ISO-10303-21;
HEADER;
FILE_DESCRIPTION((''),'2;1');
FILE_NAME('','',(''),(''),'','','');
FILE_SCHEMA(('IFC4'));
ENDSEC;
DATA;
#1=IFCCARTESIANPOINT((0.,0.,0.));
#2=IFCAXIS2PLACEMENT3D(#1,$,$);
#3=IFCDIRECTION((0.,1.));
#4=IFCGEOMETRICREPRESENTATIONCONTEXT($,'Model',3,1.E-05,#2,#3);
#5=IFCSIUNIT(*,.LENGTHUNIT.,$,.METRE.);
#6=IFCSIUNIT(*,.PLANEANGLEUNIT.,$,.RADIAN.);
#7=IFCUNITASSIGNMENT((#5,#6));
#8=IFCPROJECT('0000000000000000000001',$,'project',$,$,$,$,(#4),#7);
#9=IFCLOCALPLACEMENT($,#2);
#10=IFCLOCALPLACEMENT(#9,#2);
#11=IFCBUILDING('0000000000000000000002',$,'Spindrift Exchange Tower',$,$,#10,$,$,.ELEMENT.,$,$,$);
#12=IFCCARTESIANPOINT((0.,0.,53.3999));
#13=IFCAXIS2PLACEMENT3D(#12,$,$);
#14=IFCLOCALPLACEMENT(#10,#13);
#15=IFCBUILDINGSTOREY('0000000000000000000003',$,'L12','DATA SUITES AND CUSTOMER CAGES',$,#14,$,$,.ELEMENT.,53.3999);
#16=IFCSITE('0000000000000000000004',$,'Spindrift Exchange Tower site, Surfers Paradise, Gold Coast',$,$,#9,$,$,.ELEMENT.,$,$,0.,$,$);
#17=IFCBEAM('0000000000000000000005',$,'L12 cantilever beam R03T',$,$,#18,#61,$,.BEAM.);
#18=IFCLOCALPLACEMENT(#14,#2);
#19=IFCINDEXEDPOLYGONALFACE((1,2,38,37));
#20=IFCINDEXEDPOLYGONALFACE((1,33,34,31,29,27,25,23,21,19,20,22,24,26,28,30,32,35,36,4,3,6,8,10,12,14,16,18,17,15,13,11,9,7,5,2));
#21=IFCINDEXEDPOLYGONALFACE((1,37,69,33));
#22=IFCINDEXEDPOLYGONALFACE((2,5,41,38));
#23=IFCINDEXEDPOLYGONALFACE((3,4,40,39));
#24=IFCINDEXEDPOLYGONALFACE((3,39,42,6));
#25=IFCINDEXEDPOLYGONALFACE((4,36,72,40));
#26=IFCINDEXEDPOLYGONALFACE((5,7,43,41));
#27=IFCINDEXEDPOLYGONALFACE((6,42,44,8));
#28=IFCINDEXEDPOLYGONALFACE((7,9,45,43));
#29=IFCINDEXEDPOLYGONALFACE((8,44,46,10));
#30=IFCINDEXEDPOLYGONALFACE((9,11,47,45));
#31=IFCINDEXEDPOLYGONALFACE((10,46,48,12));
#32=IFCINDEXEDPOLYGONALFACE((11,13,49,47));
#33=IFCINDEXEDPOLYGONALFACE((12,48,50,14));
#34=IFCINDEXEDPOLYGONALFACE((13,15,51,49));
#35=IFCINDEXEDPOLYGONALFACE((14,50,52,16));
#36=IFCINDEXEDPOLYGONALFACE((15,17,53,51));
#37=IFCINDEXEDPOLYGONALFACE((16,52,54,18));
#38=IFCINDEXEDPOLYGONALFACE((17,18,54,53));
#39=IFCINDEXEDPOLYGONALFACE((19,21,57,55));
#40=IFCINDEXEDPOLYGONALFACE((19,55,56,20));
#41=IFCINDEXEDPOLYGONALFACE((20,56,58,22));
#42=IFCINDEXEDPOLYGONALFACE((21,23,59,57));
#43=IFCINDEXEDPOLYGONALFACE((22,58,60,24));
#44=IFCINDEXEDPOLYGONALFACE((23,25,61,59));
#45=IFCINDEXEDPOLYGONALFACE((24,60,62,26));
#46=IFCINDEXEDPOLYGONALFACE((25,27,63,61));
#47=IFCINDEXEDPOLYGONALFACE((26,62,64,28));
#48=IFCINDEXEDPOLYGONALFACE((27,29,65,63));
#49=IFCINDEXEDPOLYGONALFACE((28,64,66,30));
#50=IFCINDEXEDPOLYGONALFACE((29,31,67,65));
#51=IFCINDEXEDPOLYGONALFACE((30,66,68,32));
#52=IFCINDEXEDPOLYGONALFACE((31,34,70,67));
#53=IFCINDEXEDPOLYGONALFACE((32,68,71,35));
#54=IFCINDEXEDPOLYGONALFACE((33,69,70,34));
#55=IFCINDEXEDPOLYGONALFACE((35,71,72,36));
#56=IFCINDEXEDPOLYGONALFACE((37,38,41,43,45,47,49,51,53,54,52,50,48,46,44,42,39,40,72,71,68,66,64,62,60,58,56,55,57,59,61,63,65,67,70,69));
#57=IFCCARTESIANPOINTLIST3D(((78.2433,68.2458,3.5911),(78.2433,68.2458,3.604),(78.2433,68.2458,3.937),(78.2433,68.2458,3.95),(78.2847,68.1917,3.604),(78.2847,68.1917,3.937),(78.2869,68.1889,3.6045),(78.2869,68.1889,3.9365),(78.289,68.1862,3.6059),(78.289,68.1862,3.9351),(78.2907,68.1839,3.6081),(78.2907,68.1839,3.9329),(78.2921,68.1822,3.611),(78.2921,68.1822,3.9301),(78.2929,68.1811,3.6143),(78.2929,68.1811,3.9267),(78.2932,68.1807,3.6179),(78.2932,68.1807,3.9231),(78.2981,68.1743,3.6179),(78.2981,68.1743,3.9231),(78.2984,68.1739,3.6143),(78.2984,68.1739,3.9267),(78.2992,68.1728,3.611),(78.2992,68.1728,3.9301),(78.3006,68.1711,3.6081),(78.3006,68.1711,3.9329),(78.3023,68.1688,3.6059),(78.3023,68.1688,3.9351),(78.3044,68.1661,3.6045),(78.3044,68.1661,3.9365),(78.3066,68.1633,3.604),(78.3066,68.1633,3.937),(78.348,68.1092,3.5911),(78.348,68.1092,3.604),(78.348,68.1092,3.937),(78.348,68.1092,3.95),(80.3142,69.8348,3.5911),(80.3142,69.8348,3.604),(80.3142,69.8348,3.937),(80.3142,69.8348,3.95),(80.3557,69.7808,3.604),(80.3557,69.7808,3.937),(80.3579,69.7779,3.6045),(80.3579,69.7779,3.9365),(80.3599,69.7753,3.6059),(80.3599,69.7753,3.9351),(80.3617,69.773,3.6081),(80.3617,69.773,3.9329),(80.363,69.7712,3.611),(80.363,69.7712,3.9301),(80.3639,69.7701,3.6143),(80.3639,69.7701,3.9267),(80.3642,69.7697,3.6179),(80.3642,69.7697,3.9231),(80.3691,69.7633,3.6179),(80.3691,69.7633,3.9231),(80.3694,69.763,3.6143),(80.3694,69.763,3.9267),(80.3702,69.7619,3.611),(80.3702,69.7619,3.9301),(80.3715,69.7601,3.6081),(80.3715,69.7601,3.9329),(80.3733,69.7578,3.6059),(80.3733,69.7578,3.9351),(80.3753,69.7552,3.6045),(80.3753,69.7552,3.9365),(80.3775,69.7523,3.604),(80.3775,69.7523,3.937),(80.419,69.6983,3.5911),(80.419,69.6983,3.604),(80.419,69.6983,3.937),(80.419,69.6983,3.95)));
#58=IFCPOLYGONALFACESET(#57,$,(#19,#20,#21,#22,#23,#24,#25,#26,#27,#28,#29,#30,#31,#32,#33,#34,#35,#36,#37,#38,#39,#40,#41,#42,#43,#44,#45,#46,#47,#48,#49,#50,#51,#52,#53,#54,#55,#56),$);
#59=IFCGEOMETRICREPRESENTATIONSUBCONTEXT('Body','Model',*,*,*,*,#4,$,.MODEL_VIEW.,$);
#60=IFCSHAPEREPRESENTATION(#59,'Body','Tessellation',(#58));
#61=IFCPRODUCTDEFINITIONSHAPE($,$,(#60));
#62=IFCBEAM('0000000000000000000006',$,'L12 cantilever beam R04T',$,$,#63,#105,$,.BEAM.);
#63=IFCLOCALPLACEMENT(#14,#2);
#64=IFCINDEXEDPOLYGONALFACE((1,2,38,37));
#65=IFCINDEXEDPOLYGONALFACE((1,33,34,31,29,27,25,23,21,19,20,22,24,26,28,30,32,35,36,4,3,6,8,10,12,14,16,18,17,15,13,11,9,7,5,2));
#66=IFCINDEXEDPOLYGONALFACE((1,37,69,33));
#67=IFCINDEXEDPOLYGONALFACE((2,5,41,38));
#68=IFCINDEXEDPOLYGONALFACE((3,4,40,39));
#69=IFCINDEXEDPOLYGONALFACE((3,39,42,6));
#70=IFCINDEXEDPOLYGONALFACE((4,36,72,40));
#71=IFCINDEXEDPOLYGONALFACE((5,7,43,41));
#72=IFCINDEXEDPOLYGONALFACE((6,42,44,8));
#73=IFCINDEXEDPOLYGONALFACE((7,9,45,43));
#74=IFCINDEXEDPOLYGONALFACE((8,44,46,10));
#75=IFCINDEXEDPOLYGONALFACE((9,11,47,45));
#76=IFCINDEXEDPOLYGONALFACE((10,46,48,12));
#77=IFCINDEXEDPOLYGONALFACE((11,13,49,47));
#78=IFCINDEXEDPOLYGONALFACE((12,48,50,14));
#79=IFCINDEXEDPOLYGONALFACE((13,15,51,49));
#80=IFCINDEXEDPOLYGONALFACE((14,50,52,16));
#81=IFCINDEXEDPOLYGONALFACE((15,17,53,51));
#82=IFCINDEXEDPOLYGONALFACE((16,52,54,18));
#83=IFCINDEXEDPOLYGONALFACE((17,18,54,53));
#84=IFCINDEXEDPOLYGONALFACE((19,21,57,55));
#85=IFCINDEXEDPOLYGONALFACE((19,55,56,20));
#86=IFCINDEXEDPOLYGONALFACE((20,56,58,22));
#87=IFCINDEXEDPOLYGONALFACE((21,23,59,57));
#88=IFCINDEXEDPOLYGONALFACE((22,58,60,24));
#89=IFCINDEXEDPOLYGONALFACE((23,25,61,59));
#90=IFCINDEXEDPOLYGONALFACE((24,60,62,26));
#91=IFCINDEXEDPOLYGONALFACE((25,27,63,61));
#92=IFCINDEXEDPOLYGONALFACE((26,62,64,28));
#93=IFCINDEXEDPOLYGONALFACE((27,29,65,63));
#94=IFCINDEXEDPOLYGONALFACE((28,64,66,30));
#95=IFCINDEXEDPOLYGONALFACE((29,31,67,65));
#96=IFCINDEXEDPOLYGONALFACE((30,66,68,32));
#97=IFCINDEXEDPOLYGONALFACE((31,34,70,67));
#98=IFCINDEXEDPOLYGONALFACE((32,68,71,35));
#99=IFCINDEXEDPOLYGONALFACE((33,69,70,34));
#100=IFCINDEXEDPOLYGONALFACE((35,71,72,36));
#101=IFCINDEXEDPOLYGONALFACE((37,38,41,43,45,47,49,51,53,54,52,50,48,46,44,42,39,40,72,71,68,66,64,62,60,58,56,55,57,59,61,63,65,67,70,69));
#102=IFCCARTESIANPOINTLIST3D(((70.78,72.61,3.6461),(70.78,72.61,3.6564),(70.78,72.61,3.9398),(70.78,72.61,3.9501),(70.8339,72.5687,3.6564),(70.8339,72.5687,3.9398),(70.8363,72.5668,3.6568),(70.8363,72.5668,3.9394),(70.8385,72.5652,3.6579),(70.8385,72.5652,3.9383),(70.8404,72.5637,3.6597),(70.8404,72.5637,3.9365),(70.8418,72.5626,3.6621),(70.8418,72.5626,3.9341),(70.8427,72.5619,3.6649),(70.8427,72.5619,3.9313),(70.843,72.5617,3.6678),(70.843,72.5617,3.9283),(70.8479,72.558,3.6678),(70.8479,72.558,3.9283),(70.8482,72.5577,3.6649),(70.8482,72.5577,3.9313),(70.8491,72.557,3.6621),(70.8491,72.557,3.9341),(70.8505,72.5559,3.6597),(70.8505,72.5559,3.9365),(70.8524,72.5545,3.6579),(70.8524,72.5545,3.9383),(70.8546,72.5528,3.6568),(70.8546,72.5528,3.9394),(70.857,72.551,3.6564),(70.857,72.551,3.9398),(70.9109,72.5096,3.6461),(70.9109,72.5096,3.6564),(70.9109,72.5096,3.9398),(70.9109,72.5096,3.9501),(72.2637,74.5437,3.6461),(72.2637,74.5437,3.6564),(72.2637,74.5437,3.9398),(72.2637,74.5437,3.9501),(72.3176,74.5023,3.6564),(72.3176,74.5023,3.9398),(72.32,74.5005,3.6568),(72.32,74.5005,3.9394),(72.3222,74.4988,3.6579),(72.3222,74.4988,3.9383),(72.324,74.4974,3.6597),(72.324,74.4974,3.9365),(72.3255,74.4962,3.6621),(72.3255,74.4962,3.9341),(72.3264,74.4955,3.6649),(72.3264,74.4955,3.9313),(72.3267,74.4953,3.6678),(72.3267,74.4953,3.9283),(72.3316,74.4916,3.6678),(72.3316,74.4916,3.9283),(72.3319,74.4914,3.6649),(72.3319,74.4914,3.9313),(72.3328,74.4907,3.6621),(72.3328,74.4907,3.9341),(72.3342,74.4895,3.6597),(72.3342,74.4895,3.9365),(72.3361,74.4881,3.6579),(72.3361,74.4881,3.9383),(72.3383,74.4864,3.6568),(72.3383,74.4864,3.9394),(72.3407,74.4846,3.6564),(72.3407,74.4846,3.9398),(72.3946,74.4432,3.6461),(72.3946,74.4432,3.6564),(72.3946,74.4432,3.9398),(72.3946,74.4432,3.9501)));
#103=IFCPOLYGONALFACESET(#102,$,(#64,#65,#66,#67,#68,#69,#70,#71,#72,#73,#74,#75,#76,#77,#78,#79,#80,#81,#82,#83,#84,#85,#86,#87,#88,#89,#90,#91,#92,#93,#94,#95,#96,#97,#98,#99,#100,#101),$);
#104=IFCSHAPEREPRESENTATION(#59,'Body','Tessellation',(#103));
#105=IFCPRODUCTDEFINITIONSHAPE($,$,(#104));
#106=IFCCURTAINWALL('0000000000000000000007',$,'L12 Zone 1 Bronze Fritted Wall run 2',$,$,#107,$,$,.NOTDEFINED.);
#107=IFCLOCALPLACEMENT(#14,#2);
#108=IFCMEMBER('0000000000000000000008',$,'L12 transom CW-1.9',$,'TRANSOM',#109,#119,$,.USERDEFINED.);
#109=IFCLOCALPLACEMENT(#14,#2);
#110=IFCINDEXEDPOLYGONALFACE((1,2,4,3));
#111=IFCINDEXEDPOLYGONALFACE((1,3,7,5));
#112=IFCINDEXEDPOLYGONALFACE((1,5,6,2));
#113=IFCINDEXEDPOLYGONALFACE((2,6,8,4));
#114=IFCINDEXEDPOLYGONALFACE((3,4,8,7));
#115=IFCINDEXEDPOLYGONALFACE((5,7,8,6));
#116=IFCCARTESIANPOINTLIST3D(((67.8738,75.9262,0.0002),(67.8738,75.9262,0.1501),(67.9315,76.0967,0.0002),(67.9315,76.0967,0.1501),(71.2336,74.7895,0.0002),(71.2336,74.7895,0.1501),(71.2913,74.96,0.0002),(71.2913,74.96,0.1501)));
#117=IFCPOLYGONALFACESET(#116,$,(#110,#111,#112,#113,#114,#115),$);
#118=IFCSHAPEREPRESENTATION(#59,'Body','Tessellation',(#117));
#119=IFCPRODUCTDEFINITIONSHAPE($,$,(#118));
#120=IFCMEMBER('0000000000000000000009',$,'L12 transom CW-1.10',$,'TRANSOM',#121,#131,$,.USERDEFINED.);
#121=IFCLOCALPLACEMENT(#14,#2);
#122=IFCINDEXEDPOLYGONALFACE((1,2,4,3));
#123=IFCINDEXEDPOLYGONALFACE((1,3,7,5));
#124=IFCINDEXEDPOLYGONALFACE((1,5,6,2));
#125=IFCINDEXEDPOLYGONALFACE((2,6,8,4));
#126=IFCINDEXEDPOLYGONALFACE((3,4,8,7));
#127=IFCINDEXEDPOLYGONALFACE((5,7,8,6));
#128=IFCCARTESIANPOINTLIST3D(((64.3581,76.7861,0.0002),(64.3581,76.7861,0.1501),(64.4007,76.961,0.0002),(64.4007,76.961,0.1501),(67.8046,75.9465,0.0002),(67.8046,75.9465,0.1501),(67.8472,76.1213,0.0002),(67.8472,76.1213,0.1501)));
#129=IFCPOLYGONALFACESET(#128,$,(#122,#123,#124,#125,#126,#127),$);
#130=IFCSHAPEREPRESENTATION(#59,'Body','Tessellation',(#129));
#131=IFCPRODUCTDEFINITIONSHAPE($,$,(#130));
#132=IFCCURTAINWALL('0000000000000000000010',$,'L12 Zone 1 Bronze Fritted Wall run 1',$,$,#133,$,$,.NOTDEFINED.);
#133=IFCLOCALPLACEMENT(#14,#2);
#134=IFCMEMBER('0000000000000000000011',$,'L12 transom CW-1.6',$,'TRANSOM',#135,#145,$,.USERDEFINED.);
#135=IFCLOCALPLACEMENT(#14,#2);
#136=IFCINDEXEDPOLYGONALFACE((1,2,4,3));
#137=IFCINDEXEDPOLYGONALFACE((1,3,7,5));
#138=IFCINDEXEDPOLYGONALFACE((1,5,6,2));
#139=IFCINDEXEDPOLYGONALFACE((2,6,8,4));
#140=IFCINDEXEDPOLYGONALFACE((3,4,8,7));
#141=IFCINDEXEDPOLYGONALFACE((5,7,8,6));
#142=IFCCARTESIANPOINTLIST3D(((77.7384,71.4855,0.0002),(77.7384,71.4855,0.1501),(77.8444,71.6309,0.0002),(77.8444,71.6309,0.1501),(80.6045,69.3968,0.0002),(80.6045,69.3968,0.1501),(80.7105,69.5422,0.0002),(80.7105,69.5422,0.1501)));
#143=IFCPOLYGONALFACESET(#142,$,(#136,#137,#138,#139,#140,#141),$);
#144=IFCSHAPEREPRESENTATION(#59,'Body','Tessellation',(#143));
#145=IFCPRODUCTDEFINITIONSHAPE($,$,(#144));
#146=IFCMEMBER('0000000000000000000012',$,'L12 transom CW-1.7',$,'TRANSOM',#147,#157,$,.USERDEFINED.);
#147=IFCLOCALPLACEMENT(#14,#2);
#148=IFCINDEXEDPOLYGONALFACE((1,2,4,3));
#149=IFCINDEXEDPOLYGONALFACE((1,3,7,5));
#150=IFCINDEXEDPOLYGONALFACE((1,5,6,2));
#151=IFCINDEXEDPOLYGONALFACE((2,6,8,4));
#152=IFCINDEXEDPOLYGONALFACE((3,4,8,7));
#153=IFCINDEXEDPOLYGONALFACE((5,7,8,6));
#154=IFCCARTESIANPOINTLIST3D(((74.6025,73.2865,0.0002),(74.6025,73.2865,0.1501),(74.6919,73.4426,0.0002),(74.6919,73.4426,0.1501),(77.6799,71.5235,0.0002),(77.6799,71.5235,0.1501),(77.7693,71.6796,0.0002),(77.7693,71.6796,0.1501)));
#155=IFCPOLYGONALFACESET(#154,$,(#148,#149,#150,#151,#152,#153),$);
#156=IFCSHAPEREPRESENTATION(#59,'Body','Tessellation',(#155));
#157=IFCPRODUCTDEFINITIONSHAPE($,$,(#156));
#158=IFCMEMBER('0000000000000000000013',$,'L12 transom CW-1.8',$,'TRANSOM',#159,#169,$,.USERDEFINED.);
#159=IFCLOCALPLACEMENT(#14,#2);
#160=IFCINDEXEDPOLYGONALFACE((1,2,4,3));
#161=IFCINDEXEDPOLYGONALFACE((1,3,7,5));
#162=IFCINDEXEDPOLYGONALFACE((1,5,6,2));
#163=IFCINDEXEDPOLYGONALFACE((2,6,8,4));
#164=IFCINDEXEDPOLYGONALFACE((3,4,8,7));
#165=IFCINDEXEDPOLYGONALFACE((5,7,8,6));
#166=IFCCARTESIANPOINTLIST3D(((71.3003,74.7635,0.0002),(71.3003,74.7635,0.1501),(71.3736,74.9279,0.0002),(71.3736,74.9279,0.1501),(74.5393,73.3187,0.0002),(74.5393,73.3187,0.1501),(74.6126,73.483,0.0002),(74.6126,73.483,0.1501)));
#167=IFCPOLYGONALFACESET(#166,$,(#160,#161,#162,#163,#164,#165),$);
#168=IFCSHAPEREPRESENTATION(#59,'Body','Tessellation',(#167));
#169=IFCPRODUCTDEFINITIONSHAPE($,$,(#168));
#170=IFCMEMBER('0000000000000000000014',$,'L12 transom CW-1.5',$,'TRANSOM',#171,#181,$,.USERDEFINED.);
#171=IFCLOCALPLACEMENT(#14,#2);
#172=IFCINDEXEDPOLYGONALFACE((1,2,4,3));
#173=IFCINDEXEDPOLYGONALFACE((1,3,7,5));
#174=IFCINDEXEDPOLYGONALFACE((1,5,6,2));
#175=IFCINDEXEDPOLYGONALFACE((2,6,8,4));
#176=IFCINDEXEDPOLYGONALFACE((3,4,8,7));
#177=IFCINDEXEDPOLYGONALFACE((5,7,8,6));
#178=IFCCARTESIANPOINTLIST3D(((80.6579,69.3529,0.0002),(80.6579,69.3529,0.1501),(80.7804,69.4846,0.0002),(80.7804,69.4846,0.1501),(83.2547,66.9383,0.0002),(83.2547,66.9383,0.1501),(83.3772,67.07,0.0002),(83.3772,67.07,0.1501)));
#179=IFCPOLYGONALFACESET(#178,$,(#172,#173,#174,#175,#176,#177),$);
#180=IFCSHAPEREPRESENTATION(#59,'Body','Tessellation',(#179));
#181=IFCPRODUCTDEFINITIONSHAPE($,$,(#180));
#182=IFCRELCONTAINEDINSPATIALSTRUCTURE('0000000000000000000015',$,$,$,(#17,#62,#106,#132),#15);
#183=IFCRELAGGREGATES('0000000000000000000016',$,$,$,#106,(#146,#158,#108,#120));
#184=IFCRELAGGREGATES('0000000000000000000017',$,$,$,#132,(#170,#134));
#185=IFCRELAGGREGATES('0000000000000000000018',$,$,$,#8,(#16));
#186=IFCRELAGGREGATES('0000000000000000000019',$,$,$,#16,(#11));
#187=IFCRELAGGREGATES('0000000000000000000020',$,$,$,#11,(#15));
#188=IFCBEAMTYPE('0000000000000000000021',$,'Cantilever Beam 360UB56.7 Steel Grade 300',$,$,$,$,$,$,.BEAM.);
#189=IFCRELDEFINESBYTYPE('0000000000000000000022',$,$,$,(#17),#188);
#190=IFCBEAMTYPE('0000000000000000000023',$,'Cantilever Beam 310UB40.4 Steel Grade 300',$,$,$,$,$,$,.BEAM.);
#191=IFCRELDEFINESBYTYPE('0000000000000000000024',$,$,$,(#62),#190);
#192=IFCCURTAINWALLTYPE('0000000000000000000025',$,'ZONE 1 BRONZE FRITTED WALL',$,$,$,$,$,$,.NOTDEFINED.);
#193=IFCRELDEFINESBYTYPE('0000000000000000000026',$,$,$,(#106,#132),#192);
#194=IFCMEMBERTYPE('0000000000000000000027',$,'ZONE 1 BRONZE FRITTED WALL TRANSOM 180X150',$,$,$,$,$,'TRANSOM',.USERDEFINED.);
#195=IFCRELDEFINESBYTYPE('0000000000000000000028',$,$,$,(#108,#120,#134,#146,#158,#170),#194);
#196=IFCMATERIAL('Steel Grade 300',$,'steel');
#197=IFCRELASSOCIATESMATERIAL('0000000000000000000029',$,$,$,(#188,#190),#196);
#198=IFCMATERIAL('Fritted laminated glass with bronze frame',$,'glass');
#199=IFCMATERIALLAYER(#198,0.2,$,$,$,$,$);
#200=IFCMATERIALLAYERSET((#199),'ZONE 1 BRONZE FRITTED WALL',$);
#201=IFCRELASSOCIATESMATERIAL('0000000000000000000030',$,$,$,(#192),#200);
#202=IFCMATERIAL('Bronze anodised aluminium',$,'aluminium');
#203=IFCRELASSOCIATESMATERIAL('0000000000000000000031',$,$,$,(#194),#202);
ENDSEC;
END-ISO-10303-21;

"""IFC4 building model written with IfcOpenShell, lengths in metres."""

from ifc_helpers import new_model, si_unit, direction, frame, origin, origin_2d, place, context, subcontext, project, spatial, rectangle, i_section, extrude, source, transform, mapped, material, layer, layer_set, material_profile, profile_set, type_object, element, aggregate, save


model = new_model("IFC4")

# Units and contexts
model_context = context("Model", 3, precision=1e-05, world=origin(), true_north=direction((0.0, 1.0)))
body_context = subcontext(model_context, "Body", "Model", "MODEL_VIEW")
ifc_project = project(units=[si_unit("LENGTHUNIT", "METRE"), si_unit("PLANEANGLEUNIT", "RADIAN")], contexts=[model_context])

# Site, building, storey
site_placement = place(None, origin())
site = spatial("IfcSite", under=ifc_project, at=site_placement, Name="Spindrift Exchange Tower site, Surfers Paradise, Gold Coast", CompositionType="ELEMENT", RefElevation=0.0)
building_placement = place(site_placement, origin())
building = spatial("IfcBuilding", under=site, at=building_placement, Name="Spindrift Exchange Tower", CompositionType="ELEMENT")
storey_placement = place(building_placement, frame((0.0, 0.0, 53.3999)))
storey = spatial("IfcBuildingStorey", under=building, at=storey_placement, Name="L12", Description="DATA SUITES AND CUSTOMER CAGES", CompositionType="ELEMENT", Elevation=53.3999)

# Beams
ifc_material_1 = material(Name="Steel Grade 300", Category="steel")
ifc_material_profile_1 = material_profile(ifc_material_1, i_section(OverallWidth=0.1721, OverallDepth=0.3589, WebThickness=0.0081, FlangeThickness=0.0129, FilletRadius=0.0139, at=origin_2d()), Name="360UB56.7")
ifc_profile_set_1 = profile_set([ifc_material_profile_1], Name="Steel Grade 300")
beam_type_1 = type_object("IfcBeamType", Name="Cantilever Beam 360UB56.7 Steel Grade 300", PredefinedType="BEAM", material=ifc_profile_set_1)
shared_shape_1 = source(origin(), body_context, "Body", "SweptSolid", [
    extrude(i_section(OverallWidth=0.1721, OverallDepth=0.3589, WebThickness=0.0081, FlangeThickness=0.0129, FilletRadius=0.0139, at=origin_2d()), origin(), (0.0, 0.0, 1.0), 2.6104),
])
beam_1_placement = place(storey_placement, frame((78.2957, 68.1775, 3.7705), z_axis=(0.793364, 0.608748, 0.0), x_axis=(-0.608748, 0.793364, 0.0)))
element("IfcBeam", 1, at=beam_1_placement, inside=storey, type_object=beam_type_1, Name="L12 cantilever beam R03T", PredefinedType="BEAM", context=body_context, shape_type="MappedRepresentation", body=[
    mapped(shared_shape_1, transform((0.0, 0.0, 0.0), scale=1.0)),
])
ifc_material_profile_2 = material_profile(ifc_material_1, i_section(OverallWidth=0.165, OverallDepth=0.304, WebThickness=0.0061, FlangeThickness=0.0103, FilletRadius=0.0115, at=origin_2d()), Name="310UB40.4")
ifc_profile_set_2 = profile_set([ifc_material_profile_2], Name="Steel Grade 300")
beam_type_2 = type_object("IfcBeamType", Name="Cantilever Beam 310UB40.4 Steel Grade 300", PredefinedType="BEAM", material=ifc_profile_set_2)
shared_shape_2 = source(origin(), body_context, "Body", "SweptSolid", [
    extrude(i_section(OverallWidth=0.165, OverallDepth=0.304, WebThickness=0.0061, FlangeThickness=0.0103, FilletRadius=0.0115, at=origin_2d()), origin(), (0.0, 0.0, 1.0), 2.4373),
])
beam_2_placement = place(storey_placement, frame((70.8455, 72.5598, 3.7981), z_axis=(0.608747, 0.793364, 0.0), x_axis=(-0.793364, 0.608747, 0.0)))
element("IfcBeam", 2, at=beam_2_placement, inside=storey, type_object=beam_type_2, Name="L12 cantilever beam R04T", PredefinedType="BEAM", context=body_context, shape_type="MappedRepresentation", body=[
    mapped(shared_shape_2, transform((0.0, 0.0, 0.0), scale=1.0)),
])

# Curtain wall, members
ifc_material_2 = material(Name="Fritted laminated glass with bronze frame", Category="glass")
ifc_layer_1 = layer(ifc_material_2, 0.2)
ifc_layer_set_1 = layer_set([ifc_layer_1], Name="ZONE 1 BRONZE FRITTED WALL")
curtain_wall_type = type_object("IfcCurtainWallType", Name="ZONE 1 BRONZE FRITTED WALL", PredefinedType="NOTDEFINED", material=ifc_layer_set_1)
curtain_wall_1_placement = place(storey_placement, origin())
curtain_wall_1 = element("IfcCurtainWall", 3, at=curtain_wall_1_placement, inside=storey, type_object=curtain_wall_type, Name="L12 Zone 1 Bronze Fritted Wall run 2", PredefinedType="NOTDEFINED")
ifc_material_3 = material(Name="Bronze anodised aluminium", Category="aluminium")
ifc_material_profile_3 = material_profile(ifc_material_3, rectangle(XDim=0.1799, YDim=0.1499, at=origin_2d()), Name="ZONE 1 BRONZE FRITTED WALL TRANSOM 180X150")
ifc_profile_set_3 = profile_set([ifc_material_profile_3], Name="Bronze anodised aluminium")
member_type_1 = type_object("IfcMemberType", Name="ZONE 1 BRONZE FRITTED WALL TRANSOM 180X150", ElementType="TRANSOM", PredefinedType="USERDEFINED", material=ifc_profile_set_3)
shared_shape_3 = source(origin(), body_context, "Body", "SweptSolid", [
    extrude(rectangle(XDim=0.1799, YDim=0.1499, at=origin_2d()), origin(), (0.0, 0.0, 1.0), 3.5469),
])
member_1_placement = place(storey_placement, frame((71.2625, 74.8748, 0.0752), z_axis=(-0.947256, 0.320478, 0.0), x_axis=(-0.320478, -0.947256, 0.0)))
member_1 = element("IfcMember", 4, at=member_1_placement, type_object=member_type_1, Name="L12 transom CW-1.9", ObjectType="TRANSOM", PredefinedType="USERDEFINED", context=body_context, shape_type="MappedRepresentation", body=[
    mapped(shared_shape_3, transform((0.0, 0.0, 0.0), scale=1.0)),
])
shared_shape_4 = source(origin(), body_context, "Body", "SweptSolid", [
    extrude(rectangle(XDim=0.1799, YDim=0.1499, at=origin_2d()), origin(), (0.0, 0.0, 1.0), 3.5474),
])
member_2_placement = place(storey_placement, frame((67.8259, 76.0339, 0.0752), z_axis=(-0.971586, 0.236685, 0.0), x_axis=(-0.236685, -0.971586, 0.0)))
member_2 = element("IfcMember", 5, at=member_2_placement, type_object=member_type_1, Name="L12 transom CW-1.10", ObjectType="TRANSOM", PredefinedType="USERDEFINED", context=body_context, shape_type="MappedRepresentation", body=[
    mapped(shared_shape_4, transform((0.0, 0.0, 0.0), scale=1.0)),
])

# Curtain wall, member
curtain_wall_2_placement = place(storey_placement, origin())
curtain_wall_2 = element("IfcCurtainWall", 6, at=curtain_wall_2_placement, inside=storey, type_object=curtain_wall_type, Name="L12 Zone 1 Bronze Fritted Wall run 1", PredefinedType="NOTDEFINED")
shared_shape_5 = source(origin(), body_context, "Body", "SweptSolid", [
    extrude(rectangle(XDim=0.1799, YDim=0.1499, at=origin_2d()), origin(), (0.0, 0.0, 1.0), 3.5464),
])
member_3_placement = place(storey_placement, frame((80.6575, 69.4695, 0.0752), z_axis=(-0.808161, 0.588961, 0.0), x_axis=(-0.588961, -0.808161, 0.0)))
member_3 = element("IfcMember", 7, at=member_3_placement, type_object=member_type_1, Name="L12 transom CW-1.6", ObjectType="TRANSOM", PredefinedType="USERDEFINED", context=body_context, shape_type="MappedRepresentation", body=[
    mapped(shared_shape_5, transform((0.0, 0.0, 0.0), scale=1.0)),
])

# Members
shared_shape_6 = source(origin(), body_context, "Body", "SweptSolid", [
    extrude(rectangle(XDim=0.1799, YDim=0.1499, at=origin_2d()), origin(), (0.0, 0.0, 1.0), 3.5466),
])
member_4_placement = place(storey_placement, frame((77.7246, 71.6016, 0.0752), z_axis=(-0.867705, 0.49708, 0.0), x_axis=(-0.49708, -0.867705, 0.0)))
member_4 = element("IfcMember", 8, at=member_4_placement, type_object=member_type_1, Name="L12 transom CW-1.7", ObjectType="TRANSOM", PredefinedType="USERDEFINED", context=body_context, shape_type="MappedRepresentation", body=[
    mapped(shared_shape_6, transform((0.0, 0.0, 0.0), scale=1.0)),
])
member_5_placement = place(storey_placement, frame((74.5759, 73.4009, 0.0752), z_axis=(-0.91326, 0.407377, 0.0), x_axis=(-0.407377, -0.91326, 0.0)))
member_5 = element("IfcMember", 9, at=member_5_placement, type_object=member_type_1, Name="L12 transom CW-1.8", ObjectType="TRANSOM", PredefinedType="USERDEFINED", context=body_context, shape_type="MappedRepresentation", body=[
    mapped(shared_shape_6, transform((0.0, 0.0, 0.0), scale=1.0)),
])
shared_shape_7 = source(origin(), body_context, "Body", "SweptSolid", [
    extrude(rectangle(XDim=0.1799, YDim=0.1499, at=origin_2d()), origin(), (0.0, 0.0, 1.0), 3.5459),
])
member_6_placement = place(storey_placement, frame((83.3159, 67.0042, 0.0752), z_axis=(-0.732322, 0.680958, 0.0), x_axis=(-0.680958, -0.732322, 0.0)))
member_6 = element("IfcMember", 10, at=member_6_placement, type_object=member_type_1, Name="L12 transom CW-1.5", ObjectType="TRANSOM", PredefinedType="USERDEFINED", context=body_context, shape_type="MappedRepresentation", body=[
    mapped(shared_shape_7, transform((0.0, 0.0, 0.0), scale=1.0)),
])

aggregate(curtain_wall_1, [member_4, member_5, member_1, member_2])
aggregate(curtain_wall_2, [member_6, member_3])

save(model, "model.ifc")
